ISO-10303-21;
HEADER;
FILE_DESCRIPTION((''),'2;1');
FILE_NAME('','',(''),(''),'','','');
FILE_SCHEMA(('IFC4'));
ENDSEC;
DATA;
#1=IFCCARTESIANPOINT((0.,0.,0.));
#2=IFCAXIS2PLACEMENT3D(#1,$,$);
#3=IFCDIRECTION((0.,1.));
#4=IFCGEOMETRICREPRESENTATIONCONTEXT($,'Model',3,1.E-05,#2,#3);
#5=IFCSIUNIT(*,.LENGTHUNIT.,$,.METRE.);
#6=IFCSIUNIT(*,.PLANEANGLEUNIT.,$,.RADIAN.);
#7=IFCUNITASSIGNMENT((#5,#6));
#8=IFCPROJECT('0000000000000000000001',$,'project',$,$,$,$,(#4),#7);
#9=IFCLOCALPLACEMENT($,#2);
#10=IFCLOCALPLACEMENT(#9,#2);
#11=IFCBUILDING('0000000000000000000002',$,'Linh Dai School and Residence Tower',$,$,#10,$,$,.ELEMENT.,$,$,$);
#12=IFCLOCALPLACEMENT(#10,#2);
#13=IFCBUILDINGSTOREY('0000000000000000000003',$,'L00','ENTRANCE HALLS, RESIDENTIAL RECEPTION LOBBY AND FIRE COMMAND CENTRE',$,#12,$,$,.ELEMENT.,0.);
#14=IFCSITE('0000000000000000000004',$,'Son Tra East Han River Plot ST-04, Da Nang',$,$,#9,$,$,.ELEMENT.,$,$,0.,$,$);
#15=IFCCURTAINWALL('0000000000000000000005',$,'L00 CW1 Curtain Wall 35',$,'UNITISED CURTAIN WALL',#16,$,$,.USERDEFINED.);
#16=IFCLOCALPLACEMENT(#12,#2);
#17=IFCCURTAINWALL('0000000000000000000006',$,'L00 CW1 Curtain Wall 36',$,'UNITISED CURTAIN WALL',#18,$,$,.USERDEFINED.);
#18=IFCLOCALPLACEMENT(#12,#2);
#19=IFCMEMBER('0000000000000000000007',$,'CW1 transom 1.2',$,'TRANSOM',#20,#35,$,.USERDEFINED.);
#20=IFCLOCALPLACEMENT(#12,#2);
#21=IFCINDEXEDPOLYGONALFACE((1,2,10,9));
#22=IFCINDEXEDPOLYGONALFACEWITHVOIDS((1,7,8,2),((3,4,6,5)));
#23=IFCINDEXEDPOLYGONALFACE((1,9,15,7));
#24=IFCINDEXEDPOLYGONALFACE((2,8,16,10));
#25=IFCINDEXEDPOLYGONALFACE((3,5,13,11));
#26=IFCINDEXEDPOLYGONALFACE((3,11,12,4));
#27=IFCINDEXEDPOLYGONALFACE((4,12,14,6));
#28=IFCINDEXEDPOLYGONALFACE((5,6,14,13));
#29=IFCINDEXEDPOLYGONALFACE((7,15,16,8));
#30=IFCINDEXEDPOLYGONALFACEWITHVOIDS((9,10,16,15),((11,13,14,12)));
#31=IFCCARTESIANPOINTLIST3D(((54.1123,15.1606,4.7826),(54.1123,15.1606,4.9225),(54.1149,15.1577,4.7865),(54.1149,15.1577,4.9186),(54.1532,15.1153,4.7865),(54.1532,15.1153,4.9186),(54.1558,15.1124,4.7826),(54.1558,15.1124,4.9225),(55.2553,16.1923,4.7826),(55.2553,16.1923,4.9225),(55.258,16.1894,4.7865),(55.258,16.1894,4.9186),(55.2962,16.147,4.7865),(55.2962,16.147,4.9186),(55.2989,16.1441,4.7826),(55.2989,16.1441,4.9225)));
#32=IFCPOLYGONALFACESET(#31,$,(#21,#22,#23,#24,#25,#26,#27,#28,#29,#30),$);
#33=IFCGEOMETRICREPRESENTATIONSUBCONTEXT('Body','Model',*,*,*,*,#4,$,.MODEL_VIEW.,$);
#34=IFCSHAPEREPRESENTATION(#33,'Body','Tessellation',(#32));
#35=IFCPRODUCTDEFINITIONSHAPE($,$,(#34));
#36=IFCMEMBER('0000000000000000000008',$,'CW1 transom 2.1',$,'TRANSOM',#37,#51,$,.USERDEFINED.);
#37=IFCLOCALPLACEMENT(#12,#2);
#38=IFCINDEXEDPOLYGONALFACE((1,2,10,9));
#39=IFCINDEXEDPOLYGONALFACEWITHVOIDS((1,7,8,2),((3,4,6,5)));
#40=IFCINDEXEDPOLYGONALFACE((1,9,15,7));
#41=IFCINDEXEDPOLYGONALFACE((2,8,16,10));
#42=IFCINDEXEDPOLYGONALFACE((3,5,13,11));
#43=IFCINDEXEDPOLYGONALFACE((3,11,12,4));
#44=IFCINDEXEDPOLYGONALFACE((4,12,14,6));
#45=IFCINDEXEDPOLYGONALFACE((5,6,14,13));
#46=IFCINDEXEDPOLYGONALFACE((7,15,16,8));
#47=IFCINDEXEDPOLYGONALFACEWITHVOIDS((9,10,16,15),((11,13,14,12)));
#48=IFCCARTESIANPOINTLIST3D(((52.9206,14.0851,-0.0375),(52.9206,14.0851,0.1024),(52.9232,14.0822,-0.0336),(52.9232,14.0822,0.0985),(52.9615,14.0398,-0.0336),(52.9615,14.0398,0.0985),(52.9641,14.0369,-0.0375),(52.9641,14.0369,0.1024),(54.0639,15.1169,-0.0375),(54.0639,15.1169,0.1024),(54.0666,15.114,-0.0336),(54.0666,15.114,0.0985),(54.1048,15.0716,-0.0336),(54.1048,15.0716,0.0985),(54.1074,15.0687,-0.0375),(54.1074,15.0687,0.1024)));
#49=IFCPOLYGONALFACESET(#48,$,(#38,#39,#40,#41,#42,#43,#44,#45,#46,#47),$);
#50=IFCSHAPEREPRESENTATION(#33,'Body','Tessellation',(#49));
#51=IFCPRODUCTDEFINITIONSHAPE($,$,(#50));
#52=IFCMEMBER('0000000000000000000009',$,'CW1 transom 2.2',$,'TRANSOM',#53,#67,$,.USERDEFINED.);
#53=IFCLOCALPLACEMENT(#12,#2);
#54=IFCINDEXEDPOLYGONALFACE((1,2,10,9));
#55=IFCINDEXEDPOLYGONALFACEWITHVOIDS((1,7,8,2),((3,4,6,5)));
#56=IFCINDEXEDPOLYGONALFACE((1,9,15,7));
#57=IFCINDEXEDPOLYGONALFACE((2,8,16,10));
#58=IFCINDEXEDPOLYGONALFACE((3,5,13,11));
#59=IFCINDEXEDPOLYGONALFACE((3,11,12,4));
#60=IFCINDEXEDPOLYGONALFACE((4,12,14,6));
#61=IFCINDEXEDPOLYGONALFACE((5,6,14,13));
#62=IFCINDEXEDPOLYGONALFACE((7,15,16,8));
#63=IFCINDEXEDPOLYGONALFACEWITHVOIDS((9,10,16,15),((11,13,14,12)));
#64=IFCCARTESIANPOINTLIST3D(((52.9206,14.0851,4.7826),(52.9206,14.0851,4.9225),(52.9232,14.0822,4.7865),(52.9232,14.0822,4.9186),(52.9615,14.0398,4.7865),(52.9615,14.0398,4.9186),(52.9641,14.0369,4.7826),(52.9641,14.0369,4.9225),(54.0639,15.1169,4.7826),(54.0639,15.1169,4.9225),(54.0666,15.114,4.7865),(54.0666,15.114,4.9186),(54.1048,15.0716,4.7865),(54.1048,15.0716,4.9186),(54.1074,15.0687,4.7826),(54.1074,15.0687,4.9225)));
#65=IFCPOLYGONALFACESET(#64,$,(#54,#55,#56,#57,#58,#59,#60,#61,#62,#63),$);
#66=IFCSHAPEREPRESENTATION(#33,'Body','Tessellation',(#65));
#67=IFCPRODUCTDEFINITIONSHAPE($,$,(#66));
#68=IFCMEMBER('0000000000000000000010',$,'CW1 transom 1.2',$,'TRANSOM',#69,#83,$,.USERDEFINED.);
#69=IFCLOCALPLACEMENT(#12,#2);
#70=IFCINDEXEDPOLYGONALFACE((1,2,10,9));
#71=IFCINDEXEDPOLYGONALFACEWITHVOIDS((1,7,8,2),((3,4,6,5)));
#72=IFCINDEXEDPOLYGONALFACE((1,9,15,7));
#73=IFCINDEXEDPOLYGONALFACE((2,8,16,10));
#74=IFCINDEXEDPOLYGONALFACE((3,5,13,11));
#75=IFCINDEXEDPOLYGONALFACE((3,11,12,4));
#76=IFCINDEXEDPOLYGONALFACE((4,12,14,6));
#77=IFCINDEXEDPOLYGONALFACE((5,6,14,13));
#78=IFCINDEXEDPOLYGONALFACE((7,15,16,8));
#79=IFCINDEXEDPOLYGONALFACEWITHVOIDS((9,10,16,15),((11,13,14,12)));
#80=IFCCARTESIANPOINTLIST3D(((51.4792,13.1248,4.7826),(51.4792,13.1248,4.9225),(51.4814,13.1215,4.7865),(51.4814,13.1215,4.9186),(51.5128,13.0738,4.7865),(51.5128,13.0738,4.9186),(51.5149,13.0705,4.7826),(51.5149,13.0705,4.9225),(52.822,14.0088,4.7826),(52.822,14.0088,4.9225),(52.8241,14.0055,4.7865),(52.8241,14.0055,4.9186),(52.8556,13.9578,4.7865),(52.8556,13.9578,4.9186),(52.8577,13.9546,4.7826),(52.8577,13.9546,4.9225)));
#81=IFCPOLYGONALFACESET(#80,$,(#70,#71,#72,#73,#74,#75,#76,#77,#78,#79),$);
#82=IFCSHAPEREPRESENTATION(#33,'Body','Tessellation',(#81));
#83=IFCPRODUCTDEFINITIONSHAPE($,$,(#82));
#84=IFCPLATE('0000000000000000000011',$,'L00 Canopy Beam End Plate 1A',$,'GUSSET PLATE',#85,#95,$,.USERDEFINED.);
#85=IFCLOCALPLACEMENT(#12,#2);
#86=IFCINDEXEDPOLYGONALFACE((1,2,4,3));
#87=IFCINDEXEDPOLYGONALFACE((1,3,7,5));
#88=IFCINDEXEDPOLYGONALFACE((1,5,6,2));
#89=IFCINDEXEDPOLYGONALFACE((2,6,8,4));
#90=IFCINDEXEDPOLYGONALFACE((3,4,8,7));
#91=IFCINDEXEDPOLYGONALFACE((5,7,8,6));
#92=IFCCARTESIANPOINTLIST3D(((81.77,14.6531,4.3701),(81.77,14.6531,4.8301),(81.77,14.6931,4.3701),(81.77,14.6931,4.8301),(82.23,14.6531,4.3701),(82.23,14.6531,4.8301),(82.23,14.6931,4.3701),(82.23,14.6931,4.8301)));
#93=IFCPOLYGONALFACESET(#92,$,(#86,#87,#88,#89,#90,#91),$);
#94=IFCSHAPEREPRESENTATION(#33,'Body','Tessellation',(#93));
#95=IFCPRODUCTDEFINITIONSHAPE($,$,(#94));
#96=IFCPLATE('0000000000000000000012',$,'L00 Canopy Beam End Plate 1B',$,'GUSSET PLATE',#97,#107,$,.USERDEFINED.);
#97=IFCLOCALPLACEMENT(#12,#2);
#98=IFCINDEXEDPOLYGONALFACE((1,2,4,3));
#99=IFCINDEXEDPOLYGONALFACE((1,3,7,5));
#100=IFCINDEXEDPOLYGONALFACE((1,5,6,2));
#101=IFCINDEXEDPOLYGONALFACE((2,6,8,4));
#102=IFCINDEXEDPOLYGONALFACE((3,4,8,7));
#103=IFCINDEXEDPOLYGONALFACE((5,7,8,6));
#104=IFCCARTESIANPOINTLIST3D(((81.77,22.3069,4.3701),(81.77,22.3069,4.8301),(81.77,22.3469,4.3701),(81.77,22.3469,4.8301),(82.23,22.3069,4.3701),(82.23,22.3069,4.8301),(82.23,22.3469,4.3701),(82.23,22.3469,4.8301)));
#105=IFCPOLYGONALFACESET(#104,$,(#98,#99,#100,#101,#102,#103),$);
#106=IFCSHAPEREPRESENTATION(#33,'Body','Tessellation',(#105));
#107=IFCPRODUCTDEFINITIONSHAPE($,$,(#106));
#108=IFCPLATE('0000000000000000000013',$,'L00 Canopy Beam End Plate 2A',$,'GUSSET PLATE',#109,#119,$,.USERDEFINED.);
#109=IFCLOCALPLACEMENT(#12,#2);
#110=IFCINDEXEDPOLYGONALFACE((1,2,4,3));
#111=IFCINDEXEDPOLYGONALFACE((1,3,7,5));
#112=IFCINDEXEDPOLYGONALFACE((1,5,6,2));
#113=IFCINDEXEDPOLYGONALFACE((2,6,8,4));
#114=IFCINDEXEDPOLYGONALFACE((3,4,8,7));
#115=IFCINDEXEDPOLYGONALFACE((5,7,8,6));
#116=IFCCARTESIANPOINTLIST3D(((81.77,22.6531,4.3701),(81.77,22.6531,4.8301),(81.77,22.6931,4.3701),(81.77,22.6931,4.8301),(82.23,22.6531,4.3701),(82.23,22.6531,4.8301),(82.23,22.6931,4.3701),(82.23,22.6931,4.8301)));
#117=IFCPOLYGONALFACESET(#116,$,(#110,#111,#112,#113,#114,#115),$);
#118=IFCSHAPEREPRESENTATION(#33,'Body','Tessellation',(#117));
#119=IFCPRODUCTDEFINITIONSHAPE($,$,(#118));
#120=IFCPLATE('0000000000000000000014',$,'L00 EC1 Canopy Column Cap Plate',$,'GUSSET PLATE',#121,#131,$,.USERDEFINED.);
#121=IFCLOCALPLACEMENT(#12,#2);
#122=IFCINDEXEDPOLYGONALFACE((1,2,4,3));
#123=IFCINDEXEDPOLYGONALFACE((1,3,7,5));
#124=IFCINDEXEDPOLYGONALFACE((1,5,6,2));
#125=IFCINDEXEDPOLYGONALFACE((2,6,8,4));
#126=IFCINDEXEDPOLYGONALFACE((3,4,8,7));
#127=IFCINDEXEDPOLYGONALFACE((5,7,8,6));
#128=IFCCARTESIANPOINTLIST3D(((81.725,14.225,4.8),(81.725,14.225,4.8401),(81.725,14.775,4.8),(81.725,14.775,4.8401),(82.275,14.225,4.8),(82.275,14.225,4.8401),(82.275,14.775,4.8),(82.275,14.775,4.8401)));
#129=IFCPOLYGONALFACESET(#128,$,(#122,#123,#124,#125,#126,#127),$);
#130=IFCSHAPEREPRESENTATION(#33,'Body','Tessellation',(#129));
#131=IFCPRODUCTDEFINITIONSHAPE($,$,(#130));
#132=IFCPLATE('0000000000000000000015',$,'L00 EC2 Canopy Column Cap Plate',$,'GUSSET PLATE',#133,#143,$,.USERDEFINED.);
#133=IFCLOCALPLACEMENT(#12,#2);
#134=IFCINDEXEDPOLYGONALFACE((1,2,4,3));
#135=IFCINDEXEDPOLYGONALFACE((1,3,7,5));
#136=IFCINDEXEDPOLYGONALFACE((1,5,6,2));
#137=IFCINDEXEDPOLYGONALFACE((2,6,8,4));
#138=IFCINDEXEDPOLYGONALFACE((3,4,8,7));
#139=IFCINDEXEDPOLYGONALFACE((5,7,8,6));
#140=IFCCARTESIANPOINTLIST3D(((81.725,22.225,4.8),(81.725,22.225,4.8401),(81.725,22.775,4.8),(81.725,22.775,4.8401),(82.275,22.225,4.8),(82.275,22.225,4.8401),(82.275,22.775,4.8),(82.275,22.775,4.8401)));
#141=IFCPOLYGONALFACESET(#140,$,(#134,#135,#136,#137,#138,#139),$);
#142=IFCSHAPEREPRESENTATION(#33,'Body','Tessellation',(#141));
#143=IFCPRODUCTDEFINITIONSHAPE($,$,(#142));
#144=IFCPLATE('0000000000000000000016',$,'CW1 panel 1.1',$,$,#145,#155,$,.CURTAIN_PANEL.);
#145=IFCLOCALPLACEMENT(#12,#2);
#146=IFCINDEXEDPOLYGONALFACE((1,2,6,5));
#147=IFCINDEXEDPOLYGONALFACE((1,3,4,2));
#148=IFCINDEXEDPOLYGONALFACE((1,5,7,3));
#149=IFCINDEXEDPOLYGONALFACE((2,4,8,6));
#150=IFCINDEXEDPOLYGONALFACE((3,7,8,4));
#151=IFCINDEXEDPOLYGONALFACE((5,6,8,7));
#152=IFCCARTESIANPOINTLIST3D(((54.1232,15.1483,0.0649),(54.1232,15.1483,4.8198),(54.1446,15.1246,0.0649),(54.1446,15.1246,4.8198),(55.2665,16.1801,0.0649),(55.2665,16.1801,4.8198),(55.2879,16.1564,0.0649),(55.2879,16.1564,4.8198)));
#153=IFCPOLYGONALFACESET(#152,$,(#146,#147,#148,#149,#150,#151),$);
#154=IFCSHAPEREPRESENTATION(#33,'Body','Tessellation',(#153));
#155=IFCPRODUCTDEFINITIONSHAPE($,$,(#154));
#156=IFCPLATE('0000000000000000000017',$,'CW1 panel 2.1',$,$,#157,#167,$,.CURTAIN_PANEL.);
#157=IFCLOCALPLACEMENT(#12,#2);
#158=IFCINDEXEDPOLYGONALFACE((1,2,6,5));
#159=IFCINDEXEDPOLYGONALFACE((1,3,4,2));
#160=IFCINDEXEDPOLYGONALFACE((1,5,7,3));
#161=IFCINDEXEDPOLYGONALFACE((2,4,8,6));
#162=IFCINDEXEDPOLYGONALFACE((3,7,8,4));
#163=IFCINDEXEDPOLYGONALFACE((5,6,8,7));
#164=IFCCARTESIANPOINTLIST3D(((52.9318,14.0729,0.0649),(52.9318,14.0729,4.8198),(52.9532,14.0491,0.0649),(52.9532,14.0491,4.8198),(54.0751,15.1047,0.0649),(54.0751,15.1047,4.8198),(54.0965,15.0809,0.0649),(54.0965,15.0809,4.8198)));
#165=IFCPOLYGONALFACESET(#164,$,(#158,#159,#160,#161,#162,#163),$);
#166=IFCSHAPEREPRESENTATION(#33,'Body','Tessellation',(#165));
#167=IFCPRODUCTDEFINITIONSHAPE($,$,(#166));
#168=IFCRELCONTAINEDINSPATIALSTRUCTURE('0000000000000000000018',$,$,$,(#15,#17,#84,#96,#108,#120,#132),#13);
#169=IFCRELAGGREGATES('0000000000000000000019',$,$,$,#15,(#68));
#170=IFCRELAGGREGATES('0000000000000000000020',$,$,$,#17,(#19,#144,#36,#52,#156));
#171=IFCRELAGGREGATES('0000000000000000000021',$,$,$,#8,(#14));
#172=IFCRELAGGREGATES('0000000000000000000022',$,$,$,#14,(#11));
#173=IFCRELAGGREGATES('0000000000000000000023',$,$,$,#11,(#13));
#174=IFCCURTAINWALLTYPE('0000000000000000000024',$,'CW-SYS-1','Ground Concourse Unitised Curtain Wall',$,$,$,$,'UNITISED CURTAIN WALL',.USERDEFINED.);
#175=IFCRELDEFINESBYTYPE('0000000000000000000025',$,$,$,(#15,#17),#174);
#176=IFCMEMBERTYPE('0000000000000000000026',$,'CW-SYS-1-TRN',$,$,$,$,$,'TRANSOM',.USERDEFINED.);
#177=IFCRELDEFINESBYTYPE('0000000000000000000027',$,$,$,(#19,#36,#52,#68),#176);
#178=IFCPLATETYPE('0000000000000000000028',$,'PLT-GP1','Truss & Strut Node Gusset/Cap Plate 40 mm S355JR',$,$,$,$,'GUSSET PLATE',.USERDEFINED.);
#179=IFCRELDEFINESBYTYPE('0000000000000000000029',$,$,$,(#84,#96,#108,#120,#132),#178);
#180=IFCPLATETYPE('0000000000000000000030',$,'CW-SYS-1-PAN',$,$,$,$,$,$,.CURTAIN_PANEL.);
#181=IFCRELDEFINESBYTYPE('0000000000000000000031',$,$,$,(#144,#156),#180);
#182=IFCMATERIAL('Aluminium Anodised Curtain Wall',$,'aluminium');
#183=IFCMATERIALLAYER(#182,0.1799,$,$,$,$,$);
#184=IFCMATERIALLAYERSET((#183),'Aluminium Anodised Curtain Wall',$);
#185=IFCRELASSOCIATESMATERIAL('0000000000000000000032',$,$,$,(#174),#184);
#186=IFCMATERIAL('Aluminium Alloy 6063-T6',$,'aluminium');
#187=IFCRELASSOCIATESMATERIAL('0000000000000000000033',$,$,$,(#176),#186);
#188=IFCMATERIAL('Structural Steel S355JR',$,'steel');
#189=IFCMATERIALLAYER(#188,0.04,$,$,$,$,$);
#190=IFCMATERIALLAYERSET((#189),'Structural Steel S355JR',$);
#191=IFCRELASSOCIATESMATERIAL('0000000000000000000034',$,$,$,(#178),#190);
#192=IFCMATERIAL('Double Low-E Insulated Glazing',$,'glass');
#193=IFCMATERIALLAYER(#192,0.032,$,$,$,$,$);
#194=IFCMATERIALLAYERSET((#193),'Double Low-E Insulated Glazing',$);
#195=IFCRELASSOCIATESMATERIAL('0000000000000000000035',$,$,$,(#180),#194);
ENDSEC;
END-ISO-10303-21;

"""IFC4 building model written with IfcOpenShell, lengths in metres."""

from ifc_helpers import new_model, si_unit, direction, frame, origin, origin_2d, place, context, subcontext, project, spatial, rectangle, hollow_rectangle, extrude, source, transform, mapped, material, layer, layer_set, material_profile, profile_set, type_object, element, aggregate, save


model = new_model("IFC4")

# Units and contexts
model_context = context("Model", 3, precision=1e-05, world=origin(), true_north=direction((0.0, 1.0)))
body_context = subcontext(model_context, "Body", "Model", "MODEL_VIEW")
ifc_project = project(units=[si_unit("LENGTHUNIT", "METRE"), si_unit("PLANEANGLEUNIT", "RADIAN")], contexts=[model_context])

# Site, building, storey
site_placement = place(None, origin())
site = spatial("IfcSite", under=ifc_project, at=site_placement, Name="Son Tra East Han River Plot ST-04, Da Nang", CompositionType="ELEMENT", RefElevation=0.0)
building_placement = place(site_placement, origin())
building = spatial("IfcBuilding", under=site, at=building_placement, Name="Linh Dai School and Residence Tower", CompositionType="ELEMENT")
storey_placement = place(building_placement, origin())
storey = spatial("IfcBuildingStorey", under=building, at=storey_placement, Name="L00", Description="ENTRANCE HALLS, RESIDENTIAL RECEPTION LOBBY AND FIRE COMMAND CENTRE", CompositionType="ELEMENT", Elevation=0.0)

# Shared definitions
ifc_material_1 = material(Name="Structural Steel S355JR", Category="steel")

# Curtain wall
ifc_material_2 = material(Name="Aluminium Anodised Curtain Wall", Category="aluminium")
ifc_layer_1 = layer(ifc_material_2, 0.1799)
ifc_layer_set_1 = layer_set([ifc_layer_1], Name="Aluminium Anodised Curtain Wall")
curtain_wall_type = type_object("IfcCurtainWallType", Name="CW-SYS-1", Description="Ground Concourse Unitised Curtain Wall", ElementType="UNITISED CURTAIN WALL", PredefinedType="USERDEFINED", material=ifc_layer_set_1)
curtain_wall_1_placement = place(storey_placement, origin())
curtain_wall_1 = element("IfcCurtainWall", 1, at=curtain_wall_1_placement, inside=storey, type_object=curtain_wall_type, Name="L00 CW1 Curtain Wall 35", ObjectType="UNITISED CURTAIN WALL", PredefinedType="USERDEFINED")
ifc_material_3 = material(Name="Aluminium Alloy 6063-T6", Category="aluminium")

# Curtain wall, members
curtain_wall_2_placement = place(storey_placement, origin())
curtain_wall_2 = element("IfcCurtainWall", 2, at=curtain_wall_2_placement, inside=storey, type_object=curtain_wall_type, Name="L00 CW1 Curtain Wall 36", ObjectType="UNITISED CURTAIN WALL", PredefinedType="USERDEFINED")
ifc_material_profile_1 = material_profile(ifc_material_3, hollow_rectangle(XDim=0.0649, YDim=0.1399, WallThickness=0.0039, at=origin_2d()), Name="RHS 140x65x4")
ifc_profile_set_1 = profile_set([ifc_material_profile_1], Name="Aluminium Alloy 6063-T6")
member_type_1 = type_object("IfcMemberType", Name="CW-SYS-1-TRN", ElementType="TRANSOM", PredefinedType="USERDEFINED", material=ifc_profile_set_1)
shared_shape_1 = source(origin(), body_context, "Body", "SweptSolid", [
    extrude(hollow_rectangle(XDim=0.0649, YDim=0.1399, WallThickness=0.0039, at=origin_2d()), origin(), (0.0, 0.0, 1.0), 1.5398),
])
member_1_placement = place(storey_placement, frame((55.2771, 16.1682, 4.8525), z_axis=(-0.742332, -0.670033, 0.0), x_axis=(0.670033, -0.742332, 0.0)))
member_1 = element("IfcMember", 3, at=member_1_placement, type_object=member_type_1, Name="CW1 transom 1.2", ObjectType="TRANSOM", PredefinedType="USERDEFINED", context=body_context, shape_type="MappedRepresentation", body=[
    mapped(shared_shape_1, transform((0.0, 0.0, 0.0), x_axis=(1.0, 0.0, 0.0), y_axis=(0.0, 1.0, 0.0), z_axis=(0.0, 0.0, 1.0), scale=1.0)),
])
shared_shape_2 = source(origin(), body_context, "Body", "SweptSolid", [
    extrude(hollow_rectangle(XDim=0.0649, YDim=0.1399, WallThickness=0.0039, at=origin_2d()), origin(), (0.0, 0.0, 1.0), 1.54),
])
member_2_placement = place(storey_placement, frame((54.0857, 15.0928, 0.0325), z_axis=(-0.742403, -0.669954, 0.0), x_axis=(0.669954, -0.742403, 0.0)))
member_2 = element("IfcMember", 4, at=member_2_placement, type_object=member_type_1, Name="CW1 transom 2.1", ObjectType="TRANSOM", PredefinedType="USERDEFINED", context=body_context, shape_type="MappedRepresentation", body=[
    mapped(shared_shape_2, transform((0.0, 0.0, 0.0), x_axis=(1.0, 0.0, 0.0), y_axis=(0.0, 1.0, 0.0), z_axis=(0.0, 0.0, 1.0), scale=1.0)),
])
member_3_placement = place(storey_placement, frame((54.0857, 15.0928, 4.8525), z_axis=(-0.742403, -0.669954, 0.0), x_axis=(0.669954, -0.742403, 0.0)))
member_3 = element("IfcMember", 5, at=member_3_placement, type_object=member_type_1, Name="CW1 transom 2.2", ObjectType="TRANSOM", PredefinedType="USERDEFINED", context=body_context, shape_type="MappedRepresentation", body=[
    mapped(shared_shape_2, transform((0.0, 0.0, 0.0), x_axis=(1.0, 0.0, 0.0), y_axis=(0.0, 1.0, 0.0), z_axis=(0.0, 0.0, 1.0), scale=1.0)),
])

# Member
shared_shape_3 = source(origin(), body_context, "Body", "SweptSolid", [
    extrude(hollow_rectangle(XDim=0.0649, YDim=0.1399, WallThickness=0.0039, at=origin_2d()), origin(), (0.0, 0.0, 1.0), 1.6077),
])
member_4_placement = place(storey_placement, frame((52.8398, 13.9817, 4.8525), z_axis=(-0.835237, -0.54989, 0.0), x_axis=(0.54989, -0.835237, 0.0)))
member_4 = element("IfcMember", 6, at=member_4_placement, type_object=member_type_1, Name="CW1 transom 1.2", ObjectType="TRANSOM", PredefinedType="USERDEFINED", context=body_context, shape_type="MappedRepresentation", body=[
    mapped(shared_shape_3, transform((0.0, 0.0, 0.0), x_axis=(1.0, 0.0, 0.0), y_axis=(0.0, 1.0, 0.0), z_axis=(0.0, 0.0, 1.0), scale=1.0)),
])
aggregate(curtain_wall_1, [member_4])

# Plates
ifc_layer_2 = layer(ifc_material_1, 0.04)
ifc_layer_set_2 = layer_set([ifc_layer_2], Name="Structural Steel S355JR")
plate_type_1 = type_object("IfcPlateType", Name="PLT-GP1", Description="Truss & Strut Node Gusset/Cap Plate 40 mm S355JR", ElementType="GUSSET PLATE", PredefinedType="USERDEFINED", material=ifc_layer_set_2)
shared_shape_4 = source(origin(), body_context, "Body", "SweptSolid", [
    extrude(rectangle(XDim=0.46, YDim=0.04, at=origin_2d()), origin(), (0.0, 0.0, 1.0), 0.46),
])
for number, where, z_axis, x_axis, name in (
    (7, (82.0, 14.6731, 4.3701), (0.0, 0.0, 1.0), (1.0, 0.0, 0.0), "L00 Canopy Beam End Plate 1A"),
    (8, (82.0, 22.3269, 4.3701), (0.0, 0.0, 1.0), (1.0, 0.0, 0.0), "L00 Canopy Beam End Plate 1B"),
    (9, (82.0, 22.6731, 4.3701), (0.0, 0.0, 1.0), (1.0, 0.0, 0.0), "L00 Canopy Beam End Plate 2A"),
):
    element("IfcPlate", number, at=place(storey_placement, frame(where, z_axis=z_axis, x_axis=x_axis)), inside=storey, type_object=plate_type_1, Name=name, ObjectType="GUSSET PLATE", PredefinedType="USERDEFINED", context=body_context, shape_type="MappedRepresentation", body=[
        mapped(shared_shape_4, transform((0.0, 0.0, 0.0), x_axis=(1.0, 0.0, 0.0), y_axis=(0.0, 1.0, 0.0), z_axis=(0.0, 0.0, 1.0), scale=1.0)),
    ])
shared_shape_5 = source(origin(), body_context, "Body", "SweptSolid", [
    extrude(rectangle(XDim=0.55, YDim=0.55, at=origin_2d()), origin(), (0.0, 0.0, 1.0), 0.04),
])
for number, where, z_axis, x_axis, name in (
    (10, (82.0, 14.5, 4.8), (0.0, 0.0, 1.0), (1.0, 0.0, 0.0), "L00 EC1 Canopy Column Cap Plate"),
    (11, (82.0, 22.5, 4.8), (0.0, 0.0, 1.0), (1.0, 0.0, 0.0), "L00 EC2 Canopy Column Cap Plate"),
):
    element("IfcPlate", number, at=place(storey_placement, frame(where, z_axis=z_axis, x_axis=x_axis)), inside=storey, type_object=plate_type_1, Name=name, ObjectType="GUSSET PLATE", PredefinedType="USERDEFINED", context=body_context, shape_type="MappedRepresentation", body=[
        mapped(shared_shape_5, transform((0.0, 0.0, 0.0), x_axis=(1.0, 0.0, 0.0), y_axis=(0.0, 1.0, 0.0), z_axis=(0.0, 0.0, 1.0), scale=1.0)),
    ])

# Plates
ifc_material_4 = material(Name="Double Low-E Insulated Glazing", Category="glass")
ifc_layer_3 = layer(ifc_material_4, 0.032)
ifc_layer_set_3 = layer_set([ifc_layer_3], Name="Double Low-E Insulated Glazing")
plate_type_2 = type_object("IfcPlateType", Name="CW-SYS-1-PAN", PredefinedType="CURTAIN_PANEL", material=ifc_layer_set_3)
shared_shape_6 = source(origin(), body_context, "Body", "SweptSolid", [
    extrude(rectangle(XDim=1.54, YDim=0.032, at=origin_2d()), origin(), (0.0, 0.0, 1.0), 4.7549),
])
plate_1_placement = place(storey_placement, frame((54.7056, 15.6523, 0.0649), z_axis=(0.0, 0.0, 1.0), x_axis=(-0.742367, -0.669993, 0.0)))
plate_1 = element("IfcPlate", 12, at=plate_1_placement, type_object=plate_type_2, Name="CW1 panel 1.1", PredefinedType="CURTAIN_PANEL", context=body_context, shape_type="MappedRepresentation", body=[
    mapped(shared_shape_6, transform((0.0, 0.0, 0.0), x_axis=(1.0, 0.0, 0.0), y_axis=(0.0, 1.0, 0.0), z_axis=(0.0, 0.0, 1.0), scale=1.0)),
])
plate_2_placement = place(storey_placement, frame((53.5142, 14.5769, 0.0649), z_axis=(0.0, 0.0, 1.0), x_axis=(-0.742367, -0.669993, 0.0)))
plate_2 = element("IfcPlate", 13, at=plate_2_placement, type_object=plate_type_2, Name="CW1 panel 2.1", PredefinedType="CURTAIN_PANEL", context=body_context, shape_type="MappedRepresentation", body=[
    mapped(shared_shape_6, transform((0.0, 0.0, 0.0), x_axis=(1.0, 0.0, 0.0), y_axis=(0.0, 1.0, 0.0), z_axis=(0.0, 0.0, 1.0), scale=1.0)),
])
aggregate(curtain_wall_2, [member_1, plate_1, member_2, member_3, plate_2])

save(model, "model.ifc")
